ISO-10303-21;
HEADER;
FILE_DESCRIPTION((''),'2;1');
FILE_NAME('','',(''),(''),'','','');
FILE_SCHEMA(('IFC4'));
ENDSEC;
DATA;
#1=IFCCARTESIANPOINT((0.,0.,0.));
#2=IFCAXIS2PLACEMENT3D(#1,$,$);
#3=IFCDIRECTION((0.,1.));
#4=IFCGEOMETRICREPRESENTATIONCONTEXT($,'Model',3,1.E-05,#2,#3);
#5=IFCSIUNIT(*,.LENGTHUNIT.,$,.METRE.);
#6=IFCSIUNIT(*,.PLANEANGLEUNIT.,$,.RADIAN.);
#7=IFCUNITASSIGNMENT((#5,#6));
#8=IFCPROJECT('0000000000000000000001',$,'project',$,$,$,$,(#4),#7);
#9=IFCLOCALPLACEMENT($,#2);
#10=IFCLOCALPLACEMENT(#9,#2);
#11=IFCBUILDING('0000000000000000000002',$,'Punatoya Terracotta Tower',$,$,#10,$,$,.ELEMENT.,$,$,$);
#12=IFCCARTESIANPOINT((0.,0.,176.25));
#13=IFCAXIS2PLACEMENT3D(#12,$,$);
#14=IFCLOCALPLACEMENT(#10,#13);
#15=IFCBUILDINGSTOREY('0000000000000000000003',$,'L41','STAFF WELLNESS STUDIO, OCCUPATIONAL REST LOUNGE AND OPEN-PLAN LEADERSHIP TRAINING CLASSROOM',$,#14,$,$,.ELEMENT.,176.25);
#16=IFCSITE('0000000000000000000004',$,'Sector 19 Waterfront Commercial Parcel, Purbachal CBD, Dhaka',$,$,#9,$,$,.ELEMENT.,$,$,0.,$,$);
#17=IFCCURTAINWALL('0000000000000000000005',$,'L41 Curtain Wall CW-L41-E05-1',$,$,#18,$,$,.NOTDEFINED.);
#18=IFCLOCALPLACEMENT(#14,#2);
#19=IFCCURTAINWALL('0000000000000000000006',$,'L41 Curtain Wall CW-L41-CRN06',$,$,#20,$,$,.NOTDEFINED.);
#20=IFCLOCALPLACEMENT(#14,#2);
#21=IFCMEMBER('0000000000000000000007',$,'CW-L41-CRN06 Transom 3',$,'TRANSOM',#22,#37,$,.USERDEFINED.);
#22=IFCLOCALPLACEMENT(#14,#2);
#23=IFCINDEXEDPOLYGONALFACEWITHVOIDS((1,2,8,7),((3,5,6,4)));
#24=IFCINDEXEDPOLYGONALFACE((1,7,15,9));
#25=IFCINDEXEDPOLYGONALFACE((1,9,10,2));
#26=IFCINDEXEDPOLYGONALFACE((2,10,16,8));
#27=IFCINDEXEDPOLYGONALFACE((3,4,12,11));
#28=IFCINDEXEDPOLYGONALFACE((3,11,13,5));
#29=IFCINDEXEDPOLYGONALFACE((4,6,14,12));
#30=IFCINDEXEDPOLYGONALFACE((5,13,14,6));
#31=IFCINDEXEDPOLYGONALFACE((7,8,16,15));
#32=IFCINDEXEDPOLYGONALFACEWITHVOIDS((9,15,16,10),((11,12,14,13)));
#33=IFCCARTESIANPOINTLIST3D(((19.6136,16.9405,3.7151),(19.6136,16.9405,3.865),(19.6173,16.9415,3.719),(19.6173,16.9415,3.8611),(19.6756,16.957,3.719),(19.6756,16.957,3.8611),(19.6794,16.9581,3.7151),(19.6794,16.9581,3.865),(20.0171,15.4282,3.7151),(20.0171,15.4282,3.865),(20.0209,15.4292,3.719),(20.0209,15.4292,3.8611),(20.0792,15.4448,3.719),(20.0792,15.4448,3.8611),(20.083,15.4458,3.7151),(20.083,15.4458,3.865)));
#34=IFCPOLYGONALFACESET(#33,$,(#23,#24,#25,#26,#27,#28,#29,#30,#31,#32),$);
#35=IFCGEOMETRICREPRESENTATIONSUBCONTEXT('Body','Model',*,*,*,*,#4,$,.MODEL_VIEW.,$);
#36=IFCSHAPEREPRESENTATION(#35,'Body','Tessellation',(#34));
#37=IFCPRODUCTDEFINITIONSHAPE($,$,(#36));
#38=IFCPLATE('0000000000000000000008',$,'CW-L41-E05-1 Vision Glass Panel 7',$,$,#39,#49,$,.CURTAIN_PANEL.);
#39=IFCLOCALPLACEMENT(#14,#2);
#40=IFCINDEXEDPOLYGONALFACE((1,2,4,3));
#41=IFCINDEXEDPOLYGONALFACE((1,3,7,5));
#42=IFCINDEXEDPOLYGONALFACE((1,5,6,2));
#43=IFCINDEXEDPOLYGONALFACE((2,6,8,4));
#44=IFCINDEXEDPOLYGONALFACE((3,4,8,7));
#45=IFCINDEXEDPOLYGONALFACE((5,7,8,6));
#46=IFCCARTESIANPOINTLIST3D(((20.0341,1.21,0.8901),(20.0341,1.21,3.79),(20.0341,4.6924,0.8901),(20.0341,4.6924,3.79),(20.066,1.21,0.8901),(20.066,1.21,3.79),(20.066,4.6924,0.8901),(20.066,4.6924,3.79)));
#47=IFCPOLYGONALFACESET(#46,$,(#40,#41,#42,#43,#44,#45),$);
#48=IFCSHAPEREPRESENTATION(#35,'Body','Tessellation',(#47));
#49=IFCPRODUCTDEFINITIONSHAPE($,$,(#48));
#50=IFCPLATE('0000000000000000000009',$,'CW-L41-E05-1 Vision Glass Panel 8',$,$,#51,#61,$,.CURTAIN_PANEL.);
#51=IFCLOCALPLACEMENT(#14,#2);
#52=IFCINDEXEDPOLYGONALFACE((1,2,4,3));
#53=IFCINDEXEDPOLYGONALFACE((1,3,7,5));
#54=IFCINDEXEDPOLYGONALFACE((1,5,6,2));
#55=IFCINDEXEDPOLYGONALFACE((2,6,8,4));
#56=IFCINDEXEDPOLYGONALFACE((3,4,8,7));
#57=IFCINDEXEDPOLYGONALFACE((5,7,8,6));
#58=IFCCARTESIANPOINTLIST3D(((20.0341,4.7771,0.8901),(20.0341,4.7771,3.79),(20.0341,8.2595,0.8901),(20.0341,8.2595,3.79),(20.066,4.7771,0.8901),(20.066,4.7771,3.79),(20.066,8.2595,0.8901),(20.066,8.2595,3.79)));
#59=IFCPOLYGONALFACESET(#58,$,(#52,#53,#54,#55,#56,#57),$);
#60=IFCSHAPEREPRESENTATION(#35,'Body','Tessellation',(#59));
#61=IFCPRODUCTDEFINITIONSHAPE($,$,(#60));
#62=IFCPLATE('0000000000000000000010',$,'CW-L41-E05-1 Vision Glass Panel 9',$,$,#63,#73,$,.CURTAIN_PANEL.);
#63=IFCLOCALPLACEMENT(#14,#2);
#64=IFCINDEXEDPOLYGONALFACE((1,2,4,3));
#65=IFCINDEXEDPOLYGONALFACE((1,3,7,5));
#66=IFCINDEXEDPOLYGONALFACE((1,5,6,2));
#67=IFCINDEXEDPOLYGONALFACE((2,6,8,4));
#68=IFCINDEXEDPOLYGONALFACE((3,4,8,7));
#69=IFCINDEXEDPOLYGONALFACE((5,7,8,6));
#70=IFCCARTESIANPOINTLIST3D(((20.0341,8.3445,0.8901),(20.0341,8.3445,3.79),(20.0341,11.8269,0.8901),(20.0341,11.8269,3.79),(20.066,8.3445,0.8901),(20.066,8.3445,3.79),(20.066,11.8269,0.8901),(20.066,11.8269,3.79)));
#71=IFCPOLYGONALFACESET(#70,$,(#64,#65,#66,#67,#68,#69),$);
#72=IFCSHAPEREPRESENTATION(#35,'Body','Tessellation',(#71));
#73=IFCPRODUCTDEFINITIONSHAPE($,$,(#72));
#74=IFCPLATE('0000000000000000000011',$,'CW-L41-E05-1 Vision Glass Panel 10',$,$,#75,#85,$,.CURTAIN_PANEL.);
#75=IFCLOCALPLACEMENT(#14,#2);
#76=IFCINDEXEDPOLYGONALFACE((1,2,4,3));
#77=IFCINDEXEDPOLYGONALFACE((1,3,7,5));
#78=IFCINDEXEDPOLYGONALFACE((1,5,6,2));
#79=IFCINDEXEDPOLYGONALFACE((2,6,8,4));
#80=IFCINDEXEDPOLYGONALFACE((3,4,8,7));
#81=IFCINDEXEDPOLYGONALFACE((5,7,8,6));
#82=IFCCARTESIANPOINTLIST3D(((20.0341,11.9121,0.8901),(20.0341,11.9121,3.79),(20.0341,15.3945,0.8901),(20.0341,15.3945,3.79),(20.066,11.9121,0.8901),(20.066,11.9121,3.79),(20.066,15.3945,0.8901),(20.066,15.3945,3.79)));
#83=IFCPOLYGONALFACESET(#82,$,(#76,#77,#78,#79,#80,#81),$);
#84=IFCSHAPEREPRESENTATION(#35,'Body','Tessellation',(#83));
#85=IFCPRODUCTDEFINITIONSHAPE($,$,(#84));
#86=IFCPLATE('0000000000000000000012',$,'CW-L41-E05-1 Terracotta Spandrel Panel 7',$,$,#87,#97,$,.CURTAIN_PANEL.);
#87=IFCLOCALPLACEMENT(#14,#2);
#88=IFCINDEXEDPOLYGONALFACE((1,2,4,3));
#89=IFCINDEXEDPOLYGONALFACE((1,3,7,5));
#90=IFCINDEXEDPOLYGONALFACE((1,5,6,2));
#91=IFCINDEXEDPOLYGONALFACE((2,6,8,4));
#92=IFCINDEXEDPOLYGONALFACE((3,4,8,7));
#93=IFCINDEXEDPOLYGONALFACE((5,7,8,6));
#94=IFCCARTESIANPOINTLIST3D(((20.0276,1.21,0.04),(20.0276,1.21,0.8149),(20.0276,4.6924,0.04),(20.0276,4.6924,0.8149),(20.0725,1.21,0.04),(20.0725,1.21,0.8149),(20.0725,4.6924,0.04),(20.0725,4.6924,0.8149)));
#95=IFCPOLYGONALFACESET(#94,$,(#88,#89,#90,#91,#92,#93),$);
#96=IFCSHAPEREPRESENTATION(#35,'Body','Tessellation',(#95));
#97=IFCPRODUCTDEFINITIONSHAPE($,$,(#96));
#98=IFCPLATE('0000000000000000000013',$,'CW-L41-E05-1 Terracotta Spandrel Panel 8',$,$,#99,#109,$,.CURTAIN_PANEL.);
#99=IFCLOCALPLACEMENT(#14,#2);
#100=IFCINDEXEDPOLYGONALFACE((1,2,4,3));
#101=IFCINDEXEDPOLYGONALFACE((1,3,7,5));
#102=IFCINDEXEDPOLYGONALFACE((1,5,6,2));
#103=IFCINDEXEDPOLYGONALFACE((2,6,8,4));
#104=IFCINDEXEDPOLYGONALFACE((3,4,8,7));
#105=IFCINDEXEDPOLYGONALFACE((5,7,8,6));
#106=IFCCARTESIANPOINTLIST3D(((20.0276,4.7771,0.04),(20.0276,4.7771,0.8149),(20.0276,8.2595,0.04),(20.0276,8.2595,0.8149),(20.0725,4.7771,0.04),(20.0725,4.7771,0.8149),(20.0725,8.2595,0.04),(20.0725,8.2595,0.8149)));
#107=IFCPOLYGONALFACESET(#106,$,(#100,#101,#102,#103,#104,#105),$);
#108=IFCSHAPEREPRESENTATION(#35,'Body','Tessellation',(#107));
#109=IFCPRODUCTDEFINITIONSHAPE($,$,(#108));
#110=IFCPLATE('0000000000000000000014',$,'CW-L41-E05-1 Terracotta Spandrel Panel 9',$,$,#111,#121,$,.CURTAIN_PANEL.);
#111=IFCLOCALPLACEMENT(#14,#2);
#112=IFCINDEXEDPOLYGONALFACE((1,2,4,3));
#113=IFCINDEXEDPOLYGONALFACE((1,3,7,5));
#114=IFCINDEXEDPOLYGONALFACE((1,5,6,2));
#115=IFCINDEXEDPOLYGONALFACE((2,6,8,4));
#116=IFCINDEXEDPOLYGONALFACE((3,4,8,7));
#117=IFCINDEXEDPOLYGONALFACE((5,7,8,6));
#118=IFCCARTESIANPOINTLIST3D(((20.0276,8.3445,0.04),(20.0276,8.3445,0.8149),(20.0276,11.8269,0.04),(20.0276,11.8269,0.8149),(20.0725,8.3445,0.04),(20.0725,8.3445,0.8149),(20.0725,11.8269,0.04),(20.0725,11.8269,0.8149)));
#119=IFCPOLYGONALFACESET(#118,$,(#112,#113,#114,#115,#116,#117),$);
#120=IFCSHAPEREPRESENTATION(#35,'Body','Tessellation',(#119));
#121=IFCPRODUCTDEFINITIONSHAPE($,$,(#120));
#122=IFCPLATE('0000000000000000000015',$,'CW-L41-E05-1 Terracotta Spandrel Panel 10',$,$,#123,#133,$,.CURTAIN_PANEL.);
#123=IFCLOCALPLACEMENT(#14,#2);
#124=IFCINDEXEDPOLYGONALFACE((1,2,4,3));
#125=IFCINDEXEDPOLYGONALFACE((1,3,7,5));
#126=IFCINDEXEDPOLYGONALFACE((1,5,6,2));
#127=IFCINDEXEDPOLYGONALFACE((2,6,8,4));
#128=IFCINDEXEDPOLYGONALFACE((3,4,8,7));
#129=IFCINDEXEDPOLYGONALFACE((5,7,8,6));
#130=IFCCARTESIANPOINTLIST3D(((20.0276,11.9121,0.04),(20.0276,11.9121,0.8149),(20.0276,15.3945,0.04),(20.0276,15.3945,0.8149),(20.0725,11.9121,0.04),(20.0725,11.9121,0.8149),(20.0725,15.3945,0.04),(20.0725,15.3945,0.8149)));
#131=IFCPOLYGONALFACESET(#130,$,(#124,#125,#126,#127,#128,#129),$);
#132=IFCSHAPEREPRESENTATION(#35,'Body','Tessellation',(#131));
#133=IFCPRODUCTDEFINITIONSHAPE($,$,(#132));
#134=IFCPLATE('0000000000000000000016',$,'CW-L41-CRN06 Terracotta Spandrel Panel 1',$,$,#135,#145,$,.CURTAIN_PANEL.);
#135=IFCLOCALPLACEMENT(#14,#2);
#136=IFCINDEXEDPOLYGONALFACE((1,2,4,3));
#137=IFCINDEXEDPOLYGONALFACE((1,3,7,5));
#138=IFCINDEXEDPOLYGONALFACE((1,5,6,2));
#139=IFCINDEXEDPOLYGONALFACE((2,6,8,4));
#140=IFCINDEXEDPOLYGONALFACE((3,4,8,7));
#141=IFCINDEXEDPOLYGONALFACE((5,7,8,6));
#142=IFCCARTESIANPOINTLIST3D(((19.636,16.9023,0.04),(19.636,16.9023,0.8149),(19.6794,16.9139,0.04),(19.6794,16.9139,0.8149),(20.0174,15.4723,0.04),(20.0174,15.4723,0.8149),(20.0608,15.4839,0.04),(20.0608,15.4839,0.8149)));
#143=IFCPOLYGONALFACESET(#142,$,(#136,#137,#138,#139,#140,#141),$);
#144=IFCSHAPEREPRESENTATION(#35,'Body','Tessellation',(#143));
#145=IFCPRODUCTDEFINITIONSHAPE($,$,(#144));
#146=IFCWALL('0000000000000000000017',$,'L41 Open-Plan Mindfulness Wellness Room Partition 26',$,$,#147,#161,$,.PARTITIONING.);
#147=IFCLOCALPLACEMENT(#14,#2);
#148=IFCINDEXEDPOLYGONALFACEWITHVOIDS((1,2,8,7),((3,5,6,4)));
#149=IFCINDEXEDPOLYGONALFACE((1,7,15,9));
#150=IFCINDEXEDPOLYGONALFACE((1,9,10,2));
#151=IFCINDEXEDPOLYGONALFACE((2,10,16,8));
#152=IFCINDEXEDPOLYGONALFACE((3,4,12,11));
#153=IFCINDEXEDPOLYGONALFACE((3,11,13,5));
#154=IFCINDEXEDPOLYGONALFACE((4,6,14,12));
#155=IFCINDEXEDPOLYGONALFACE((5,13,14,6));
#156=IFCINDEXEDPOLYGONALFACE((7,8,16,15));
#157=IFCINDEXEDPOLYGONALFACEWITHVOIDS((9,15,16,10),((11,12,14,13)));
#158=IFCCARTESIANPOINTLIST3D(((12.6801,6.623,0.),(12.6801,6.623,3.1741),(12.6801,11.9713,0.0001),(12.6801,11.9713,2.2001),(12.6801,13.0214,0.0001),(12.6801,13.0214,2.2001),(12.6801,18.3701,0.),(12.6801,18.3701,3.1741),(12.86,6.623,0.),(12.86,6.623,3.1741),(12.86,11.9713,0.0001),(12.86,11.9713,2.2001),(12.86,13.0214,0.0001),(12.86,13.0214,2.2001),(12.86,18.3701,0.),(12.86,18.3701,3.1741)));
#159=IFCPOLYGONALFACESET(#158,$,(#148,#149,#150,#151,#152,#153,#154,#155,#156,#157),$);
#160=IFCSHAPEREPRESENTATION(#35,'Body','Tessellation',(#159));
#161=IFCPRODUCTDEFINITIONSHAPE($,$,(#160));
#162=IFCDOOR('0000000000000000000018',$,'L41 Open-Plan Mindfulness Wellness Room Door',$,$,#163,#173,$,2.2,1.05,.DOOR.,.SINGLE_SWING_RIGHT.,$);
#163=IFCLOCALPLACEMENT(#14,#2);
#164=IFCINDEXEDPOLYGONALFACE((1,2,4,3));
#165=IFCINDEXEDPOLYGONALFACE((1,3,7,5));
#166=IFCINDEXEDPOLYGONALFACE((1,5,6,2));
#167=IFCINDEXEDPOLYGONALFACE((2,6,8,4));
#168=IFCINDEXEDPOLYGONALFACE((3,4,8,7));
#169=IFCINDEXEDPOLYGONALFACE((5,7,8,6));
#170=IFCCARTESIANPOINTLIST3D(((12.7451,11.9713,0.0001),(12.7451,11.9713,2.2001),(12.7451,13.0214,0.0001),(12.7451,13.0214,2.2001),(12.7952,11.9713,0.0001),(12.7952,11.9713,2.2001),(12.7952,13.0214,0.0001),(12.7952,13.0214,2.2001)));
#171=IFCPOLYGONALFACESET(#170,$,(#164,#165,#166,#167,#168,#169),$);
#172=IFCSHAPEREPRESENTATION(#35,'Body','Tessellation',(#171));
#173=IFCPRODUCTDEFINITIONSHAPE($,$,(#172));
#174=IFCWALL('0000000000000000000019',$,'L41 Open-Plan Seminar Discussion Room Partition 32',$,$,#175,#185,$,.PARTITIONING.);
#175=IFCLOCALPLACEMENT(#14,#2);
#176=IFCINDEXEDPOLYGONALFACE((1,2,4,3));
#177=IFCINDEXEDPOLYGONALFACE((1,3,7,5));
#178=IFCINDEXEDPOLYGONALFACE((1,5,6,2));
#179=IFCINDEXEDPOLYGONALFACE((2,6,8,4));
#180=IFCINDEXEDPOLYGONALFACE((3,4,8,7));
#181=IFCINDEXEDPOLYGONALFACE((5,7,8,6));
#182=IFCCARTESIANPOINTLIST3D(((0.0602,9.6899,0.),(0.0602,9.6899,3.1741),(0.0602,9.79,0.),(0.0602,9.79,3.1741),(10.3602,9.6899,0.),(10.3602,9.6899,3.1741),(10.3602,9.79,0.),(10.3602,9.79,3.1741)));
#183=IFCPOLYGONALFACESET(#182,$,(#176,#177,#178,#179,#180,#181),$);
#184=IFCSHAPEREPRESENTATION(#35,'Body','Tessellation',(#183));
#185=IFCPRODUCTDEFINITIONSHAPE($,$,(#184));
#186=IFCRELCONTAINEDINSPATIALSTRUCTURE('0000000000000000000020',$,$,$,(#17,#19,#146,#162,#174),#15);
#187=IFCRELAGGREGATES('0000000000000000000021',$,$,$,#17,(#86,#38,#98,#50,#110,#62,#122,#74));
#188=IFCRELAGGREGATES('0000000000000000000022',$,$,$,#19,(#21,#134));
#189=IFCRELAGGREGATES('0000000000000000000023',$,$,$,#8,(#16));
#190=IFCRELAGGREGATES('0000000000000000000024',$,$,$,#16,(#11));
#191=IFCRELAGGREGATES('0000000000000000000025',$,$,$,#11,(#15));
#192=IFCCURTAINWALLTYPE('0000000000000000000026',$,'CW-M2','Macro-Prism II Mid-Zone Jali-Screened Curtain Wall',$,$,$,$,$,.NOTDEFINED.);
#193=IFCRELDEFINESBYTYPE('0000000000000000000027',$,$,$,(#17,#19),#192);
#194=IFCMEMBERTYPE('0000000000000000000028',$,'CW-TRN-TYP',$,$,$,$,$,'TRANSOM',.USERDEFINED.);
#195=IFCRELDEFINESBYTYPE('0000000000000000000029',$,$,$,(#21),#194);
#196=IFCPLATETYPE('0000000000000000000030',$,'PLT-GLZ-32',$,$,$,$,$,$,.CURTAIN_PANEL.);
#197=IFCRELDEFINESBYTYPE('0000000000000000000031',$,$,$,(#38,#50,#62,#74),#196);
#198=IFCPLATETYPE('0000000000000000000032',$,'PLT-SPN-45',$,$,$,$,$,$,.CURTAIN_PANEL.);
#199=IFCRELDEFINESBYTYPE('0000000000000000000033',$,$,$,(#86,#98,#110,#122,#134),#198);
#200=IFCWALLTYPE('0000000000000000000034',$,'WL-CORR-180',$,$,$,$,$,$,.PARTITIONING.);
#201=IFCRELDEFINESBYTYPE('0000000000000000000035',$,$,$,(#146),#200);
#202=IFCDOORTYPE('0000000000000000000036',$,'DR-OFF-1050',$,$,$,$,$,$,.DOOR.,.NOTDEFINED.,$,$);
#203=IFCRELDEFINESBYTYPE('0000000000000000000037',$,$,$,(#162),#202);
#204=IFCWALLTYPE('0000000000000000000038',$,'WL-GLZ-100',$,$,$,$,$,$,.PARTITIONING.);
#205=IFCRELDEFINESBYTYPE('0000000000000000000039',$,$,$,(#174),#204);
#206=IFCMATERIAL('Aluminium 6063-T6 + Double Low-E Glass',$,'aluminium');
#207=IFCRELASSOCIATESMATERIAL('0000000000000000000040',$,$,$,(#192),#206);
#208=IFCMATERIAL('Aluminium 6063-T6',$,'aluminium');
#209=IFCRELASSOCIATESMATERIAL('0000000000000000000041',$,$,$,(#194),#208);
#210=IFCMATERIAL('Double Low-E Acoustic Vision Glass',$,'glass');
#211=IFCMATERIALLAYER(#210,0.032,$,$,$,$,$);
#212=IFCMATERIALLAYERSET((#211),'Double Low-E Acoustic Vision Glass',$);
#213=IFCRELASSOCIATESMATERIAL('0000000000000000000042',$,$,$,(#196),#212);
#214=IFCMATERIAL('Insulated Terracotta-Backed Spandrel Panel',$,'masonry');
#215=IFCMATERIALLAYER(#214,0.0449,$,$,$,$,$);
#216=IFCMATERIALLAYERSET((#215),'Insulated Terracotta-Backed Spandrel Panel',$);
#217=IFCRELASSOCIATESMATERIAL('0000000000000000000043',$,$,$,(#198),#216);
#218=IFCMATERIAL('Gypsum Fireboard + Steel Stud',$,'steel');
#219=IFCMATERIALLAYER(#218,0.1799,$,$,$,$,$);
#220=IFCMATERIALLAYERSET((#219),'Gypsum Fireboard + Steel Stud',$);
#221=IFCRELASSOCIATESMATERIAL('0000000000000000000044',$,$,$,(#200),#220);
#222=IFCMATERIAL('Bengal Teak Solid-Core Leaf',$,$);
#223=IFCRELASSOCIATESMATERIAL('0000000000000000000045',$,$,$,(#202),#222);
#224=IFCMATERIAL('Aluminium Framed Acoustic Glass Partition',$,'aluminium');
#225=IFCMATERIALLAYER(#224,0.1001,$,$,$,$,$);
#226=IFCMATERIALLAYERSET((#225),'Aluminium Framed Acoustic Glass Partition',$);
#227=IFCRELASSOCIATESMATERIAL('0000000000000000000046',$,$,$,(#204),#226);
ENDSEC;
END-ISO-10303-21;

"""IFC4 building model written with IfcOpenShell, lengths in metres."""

from ifc_helpers import new_model, si_unit, direction, frame, frame_2d, origin, origin_2d, place, context, subcontext, project, spatial, rectangle, hollow_rectangle, extrude, material, layer, layer_set, material_profile, profile_set, type_object, element, fill, aggregate, save


model = new_model("IFC4")

# Units and contexts
model_context = context("Model", 3, precision=1e-05, world=origin(), true_north=direction((0.0, 1.0)))
body_context = subcontext(model_context, "Body", "Model", "MODEL_VIEW")
ifc_project = project(units=[si_unit("LENGTHUNIT", "METRE"), si_unit("PLANEANGLEUNIT", "RADIAN")], contexts=[model_context])

# Site, building, storey
site_placement = place(None, origin())
site = spatial("IfcSite", under=ifc_project, at=site_placement, Name="Sector 19 Waterfront Commercial Parcel, Purbachal CBD, Dhaka", CompositionType="ELEMENT", RefElevation=0.0)
building_placement = place(site_placement, origin())
building = spatial("IfcBuilding", under=site, at=building_placement, Name="Punatoya Terracotta Tower", CompositionType="ELEMENT")
storey_placement = place(building_placement, frame((0.0, 0.0, 176.25)))
storey = spatial("IfcBuildingStorey", under=building, at=storey_placement, Name="L41", Description="STAFF WELLNESS STUDIO, OCCUPATIONAL REST LOUNGE AND OPEN-PLAN LEADERSHIP TRAINING CLASSROOM", CompositionType="ELEMENT", Elevation=176.25)

# Curtain walls, member
ifc_material_1 = material(Name="Aluminium 6063-T6 + Double Low-E Glass", Category="aluminium")
curtain_wall_type = type_object("IfcCurtainWallType", Name="CW-M2", Description="Macro-Prism II Mid-Zone Jali-Screened Curtain Wall", PredefinedType="NOTDEFINED", material=ifc_material_1)
curtain_wall_1_placement = place(storey_placement, origin())
curtain_wall_1 = element("IfcCurtainWall", 1, at=curtain_wall_1_placement, inside=storey, type_object=curtain_wall_type, Name="L41 Curtain Wall CW-L41-E05-1", PredefinedType="NOTDEFINED")
ifc_material_2 = material(Name="Aluminium 6063-T6", Category="aluminium")
curtain_wall_2_placement = place(storey_placement, origin())
curtain_wall_2 = element("IfcCurtainWall", 2, at=curtain_wall_2_placement, inside=storey, type_object=curtain_wall_type, Name="L41 Curtain Wall CW-L41-CRN06", PredefinedType="NOTDEFINED")
ifc_material_profile_1 = material_profile(ifc_material_2, hollow_rectangle(XDim=0.0681, YDim=0.1499, WallThickness=0.0039, at=origin_2d()))
ifc_profile_set_1 = profile_set([ifc_material_profile_1], Name="Aluminium 6063-T6")
member_type_1 = type_object("IfcMemberType", Name="CW-TRN-TYP", ElementType="TRANSOM", PredefinedType="USERDEFINED", material=ifc_profile_set_1)
member_1_placement = place(storey_placement, frame((20.05, 15.437, 3.79), z_axis=(-0.257847, 0.966186, 0.0), x_axis=(-0.966186, -0.257847, 0.0)))
member_1 = element("IfcMember", 3, at=member_1_placement, type_object=member_type_1, Name="CW-L41-CRN06 Transom 3", ObjectType="TRANSOM", PredefinedType="USERDEFINED", context=body_context, shape_type="SweptSolid", body=[
    extrude(hollow_rectangle(XDim=0.0681, YDim=0.1499, WallThickness=0.0039, at=origin_2d()), origin(), (0.0, 0.0, 1.0), 1.5652),
])

# Plates
ifc_material_3 = material(Name="Double Low-E Acoustic Vision Glass", Category="glass")
ifc_layer_1 = layer(ifc_material_3, 0.032)
ifc_layer_set_1 = layer_set([ifc_layer_1], Name="Double Low-E Acoustic Vision Glass")
plate_type_1 = type_object("IfcPlateType", Name="PLT-GLZ-32", PredefinedType="CURTAIN_PANEL", material=ifc_layer_set_1)
plate_1_placement = place(storey_placement, frame((20.05, 2.9512, 0.8901), z_axis=(0.0, 0.0, 1.0), x_axis=(0.0, 1.0, 0.0)))
plate_1 = element("IfcPlate", 4, at=plate_1_placement, type_object=plate_type_1, Name="CW-L41-E05-1 Vision Glass Panel 7", PredefinedType="CURTAIN_PANEL", context=body_context, shape_type="SweptSolid", body=[
    extrude(rectangle(XDim=3.4824, YDim=0.032, at=origin_2d()), origin(), (0.0, 0.0, 1.0), 2.8999),
])
plate_2_placement = place(storey_placement, frame((20.05, 6.5183, 0.8901), z_axis=(0.0, 0.0, 1.0), x_axis=(0.0, 1.0, 0.0)))
plate_2 = element("IfcPlate", 5, at=plate_2_placement, type_object=plate_type_1, Name="CW-L41-E05-1 Vision Glass Panel 8", PredefinedType="CURTAIN_PANEL", context=body_context, shape_type="SweptSolid", body=[
    extrude(rectangle(XDim=3.4824, YDim=0.032, at=origin_2d()), origin(), (0.0, 0.0, 1.0), 2.8999),
])
plate_3_placement = place(storey_placement, frame((20.05, 10.0857, 0.8901), z_axis=(0.0, 0.0, 1.0), x_axis=(0.0, 1.0, 0.0)))
plate_3 = element("IfcPlate", 6, at=plate_3_placement, type_object=plate_type_1, Name="CW-L41-E05-1 Vision Glass Panel 9", PredefinedType="CURTAIN_PANEL", context=body_context, shape_type="SweptSolid", body=[
    extrude(rectangle(XDim=3.4824, YDim=0.032, at=origin_2d()), origin(), (0.0, 0.0, 1.0), 2.8999),
])
plate_4_placement = place(storey_placement, frame((20.05, 13.6533, 0.8901), z_axis=(0.0, 0.0, 1.0), x_axis=(0.0, 1.0, 0.0)))
plate_4 = element("IfcPlate", 7, at=plate_4_placement, type_object=plate_type_1, Name="CW-L41-E05-1 Vision Glass Panel 10", PredefinedType="CURTAIN_PANEL", context=body_context, shape_type="SweptSolid", body=[
    extrude(rectangle(XDim=3.4824, YDim=0.032, at=origin_2d()), origin(), (0.0, 0.0, 1.0), 2.8999),
])
ifc_material_4 = material(Name="Insulated Terracotta-Backed Spandrel Panel", Category="masonry")
ifc_layer_2 = layer(ifc_material_4, 0.0449)
ifc_layer_set_2 = layer_set([ifc_layer_2], Name="Insulated Terracotta-Backed Spandrel Panel")
plate_type_2 = type_object("IfcPlateType", Name="PLT-SPN-45", PredefinedType="CURTAIN_PANEL", material=ifc_layer_set_2)
plate_5_placement = place(storey_placement, frame((20.05, 2.9512, 0.04), z_axis=(0.0, 0.0, 1.0), x_axis=(0.0, 1.0, 0.0)))
plate_5 = element("IfcPlate", 8, at=plate_5_placement, type_object=plate_type_2, Name="CW-L41-E05-1 Terracotta Spandrel Panel 7", PredefinedType="CURTAIN_PANEL", context=body_context, shape_type="SweptSolid", body=[
    extrude(rectangle(XDim=3.4824, YDim=0.0449, at=origin_2d()), origin(), (0.0, 0.0, 1.0), 0.7749),
])
plate_6_placement = place(storey_placement, frame((20.05, 6.5183, 0.04), z_axis=(0.0, 0.0, 1.0), x_axis=(0.0, 1.0, 0.0)))
plate_6 = element("IfcPlate", 9, at=plate_6_placement, type_object=plate_type_2, Name="CW-L41-E05-1 Terracotta Spandrel Panel 8", PredefinedType="CURTAIN_PANEL", context=body_context, shape_type="SweptSolid", body=[
    extrude(rectangle(XDim=3.4824, YDim=0.0449, at=origin_2d()), origin(), (0.0, 0.0, 1.0), 0.7749),
])
plate_7_placement = place(storey_placement, frame((20.05, 10.0857, 0.04), z_axis=(0.0, 0.0, 1.0), x_axis=(0.0, 1.0, 0.0)))
plate_7 = element("IfcPlate", 10, at=plate_7_placement, type_object=plate_type_2, Name="CW-L41-E05-1 Terracotta Spandrel Panel 9", PredefinedType="CURTAIN_PANEL", context=body_context, shape_type="SweptSolid", body=[
    extrude(rectangle(XDim=3.4824, YDim=0.0449, at=origin_2d()), origin(), (0.0, 0.0, 1.0), 0.7749),
])
plate_8_placement = place(storey_placement, frame((20.05, 13.6533, 0.04), z_axis=(0.0, 0.0, 1.0), x_axis=(0.0, 1.0, 0.0)))
plate_8 = element("IfcPlate", 11, at=plate_8_placement, type_object=plate_type_2, Name="CW-L41-E05-1 Terracotta Spandrel Panel 10", PredefinedType="CURTAIN_PANEL", context=body_context, shape_type="SweptSolid", body=[
    extrude(rectangle(XDim=3.4824, YDim=0.0449, at=origin_2d()), origin(), (0.0, 0.0, 1.0), 0.7749),
])
aggregate(curtain_wall_1, [plate_5, plate_1, plate_6, plate_2, plate_7, plate_3, plate_8, plate_4])
plate_9_placement = place(storey_placement, frame((19.8484, 16.1931, 0.04), z_axis=(0.0, 0.0, 1.0), x_axis=(-0.257742, 0.966214, 0.0)))
plate_9 = element("IfcPlate", 12, at=plate_9_placement, type_object=plate_type_2, Name="CW-L41-CRN06 Terracotta Spandrel Panel 1", PredefinedType="CURTAIN_PANEL", context=body_context, shape_type="SweptSolid", body=[
    extrude(rectangle(XDim=1.48, YDim=0.0449, at=origin_2d()), origin(), (0.0, 0.0, 1.0), 0.7749),
])
aggregate(curtain_wall_2, [member_1, plate_9])

# Wall, opening, door
ifc_material_5 = material(Name="Gypsum Fireboard + Steel Stud", Category="steel")
ifc_layer_3 = layer(ifc_material_5, 0.1799)
ifc_layer_set_3 = layer_set([ifc_layer_3], Name="Gypsum Fireboard + Steel Stud")
wall_type_1 = type_object("IfcWallType", Name="WL-CORR-180", PredefinedType="PARTITIONING", material=ifc_layer_set_3)
wall_1_placement = place(storey_placement, frame((12.77, 6.623, 0.0), z_axis=(0.0, 0.0, 1.0), x_axis=(0.0, 1.0, 0.0)))
wall_1 = element("IfcWall", 13, at=wall_1_placement, inside=storey, type_object=wall_type_1, Name="L41 Open-Plan Mindfulness Wellness Room Partition 26", PredefinedType="PARTITIONING", context=body_context, shape_type="SweptSolid", body=[
    extrude(rectangle(XDim=11.7471, YDim=0.1799, at=frame_2d((5.8735, 0.0))), origin(), (0.0, 0.0, 1.0), 3.1741),
])
opening_placement = place(wall_1_placement, frame((5.3484, 0.0, 0.0)))
opening = element("IfcOpeningElement", 14, at=opening_placement, cuts=wall_1, PredefinedType="OPENING", context=body_context, shape_type="SweptSolid", body=[
    extrude(rectangle(XDim=1.05, YDim=2.2, at=frame_2d((0.5249, 1.1001))), frame((0.0, 0.0999, 0.0), z_axis=(0.0, -1.0, 0.0), x_axis=(1.0, 0.0, 0.0)), (0.0, 0.0, 1.0), 0.2),
])
ifc_material_6 = material(Name="Bengal Teak Solid-Core Leaf")
door_type = type_object("IfcDoorType", Name="DR-OFF-1050", OperationType="NOTDEFINED", PredefinedType="DOOR", material=ifc_material_6)
door_placement = place(opening_placement, origin())
door = element("IfcDoor", 15, at=door_placement, inside=storey, type_object=door_type, Name="L41 Open-Plan Mindfulness Wellness Room Door", OperationType="SINGLE_SWING_RIGHT", OverallHeight=2.2, OverallWidth=1.05, PredefinedType="DOOR", context=body_context, shape_type="SweptSolid", body=[
    extrude(rectangle(XDim=1.05, YDim=2.2, at=frame_2d((0.5249, 1.1001))), frame((0.0, 0.0249, 0.0), z_axis=(0.0, -1.0, 0.0), x_axis=(1.0, 0.0, 0.0)), (0.0, 0.0, 1.0), 0.05),
])
fill(opening, door)

# Wall
ifc_material_7 = material(Name="Aluminium Framed Acoustic Glass Partition", Category="aluminium")
ifc_layer_4 = layer(ifc_material_7, 0.1001)
ifc_layer_set_4 = layer_set([ifc_layer_4], Name="Aluminium Framed Acoustic Glass Partition")
wall_type_2 = type_object("IfcWallType", Name="WL-GLZ-100", PredefinedType="PARTITIONING", material=ifc_layer_set_4)
wall_2_placement = place(storey_placement, frame((10.3601, 9.74, 0.0), z_axis=(0.0, 0.0, 1.0), x_axis=(-1.0, 0.0, 0.0)))
element("IfcWall", 16, at=wall_2_placement, inside=storey, type_object=wall_type_2, Name="L41 Open-Plan Seminar Discussion Room Partition 32", PredefinedType="PARTITIONING", context=body_context, shape_type="SweptSolid", body=[
    extrude(rectangle(XDim=10.3, YDim=0.1001, at=frame_2d((5.1499, 0.0))), origin(), (0.0, 0.0, 1.0), 3.1741),
])

save(model, "model.ifc")
